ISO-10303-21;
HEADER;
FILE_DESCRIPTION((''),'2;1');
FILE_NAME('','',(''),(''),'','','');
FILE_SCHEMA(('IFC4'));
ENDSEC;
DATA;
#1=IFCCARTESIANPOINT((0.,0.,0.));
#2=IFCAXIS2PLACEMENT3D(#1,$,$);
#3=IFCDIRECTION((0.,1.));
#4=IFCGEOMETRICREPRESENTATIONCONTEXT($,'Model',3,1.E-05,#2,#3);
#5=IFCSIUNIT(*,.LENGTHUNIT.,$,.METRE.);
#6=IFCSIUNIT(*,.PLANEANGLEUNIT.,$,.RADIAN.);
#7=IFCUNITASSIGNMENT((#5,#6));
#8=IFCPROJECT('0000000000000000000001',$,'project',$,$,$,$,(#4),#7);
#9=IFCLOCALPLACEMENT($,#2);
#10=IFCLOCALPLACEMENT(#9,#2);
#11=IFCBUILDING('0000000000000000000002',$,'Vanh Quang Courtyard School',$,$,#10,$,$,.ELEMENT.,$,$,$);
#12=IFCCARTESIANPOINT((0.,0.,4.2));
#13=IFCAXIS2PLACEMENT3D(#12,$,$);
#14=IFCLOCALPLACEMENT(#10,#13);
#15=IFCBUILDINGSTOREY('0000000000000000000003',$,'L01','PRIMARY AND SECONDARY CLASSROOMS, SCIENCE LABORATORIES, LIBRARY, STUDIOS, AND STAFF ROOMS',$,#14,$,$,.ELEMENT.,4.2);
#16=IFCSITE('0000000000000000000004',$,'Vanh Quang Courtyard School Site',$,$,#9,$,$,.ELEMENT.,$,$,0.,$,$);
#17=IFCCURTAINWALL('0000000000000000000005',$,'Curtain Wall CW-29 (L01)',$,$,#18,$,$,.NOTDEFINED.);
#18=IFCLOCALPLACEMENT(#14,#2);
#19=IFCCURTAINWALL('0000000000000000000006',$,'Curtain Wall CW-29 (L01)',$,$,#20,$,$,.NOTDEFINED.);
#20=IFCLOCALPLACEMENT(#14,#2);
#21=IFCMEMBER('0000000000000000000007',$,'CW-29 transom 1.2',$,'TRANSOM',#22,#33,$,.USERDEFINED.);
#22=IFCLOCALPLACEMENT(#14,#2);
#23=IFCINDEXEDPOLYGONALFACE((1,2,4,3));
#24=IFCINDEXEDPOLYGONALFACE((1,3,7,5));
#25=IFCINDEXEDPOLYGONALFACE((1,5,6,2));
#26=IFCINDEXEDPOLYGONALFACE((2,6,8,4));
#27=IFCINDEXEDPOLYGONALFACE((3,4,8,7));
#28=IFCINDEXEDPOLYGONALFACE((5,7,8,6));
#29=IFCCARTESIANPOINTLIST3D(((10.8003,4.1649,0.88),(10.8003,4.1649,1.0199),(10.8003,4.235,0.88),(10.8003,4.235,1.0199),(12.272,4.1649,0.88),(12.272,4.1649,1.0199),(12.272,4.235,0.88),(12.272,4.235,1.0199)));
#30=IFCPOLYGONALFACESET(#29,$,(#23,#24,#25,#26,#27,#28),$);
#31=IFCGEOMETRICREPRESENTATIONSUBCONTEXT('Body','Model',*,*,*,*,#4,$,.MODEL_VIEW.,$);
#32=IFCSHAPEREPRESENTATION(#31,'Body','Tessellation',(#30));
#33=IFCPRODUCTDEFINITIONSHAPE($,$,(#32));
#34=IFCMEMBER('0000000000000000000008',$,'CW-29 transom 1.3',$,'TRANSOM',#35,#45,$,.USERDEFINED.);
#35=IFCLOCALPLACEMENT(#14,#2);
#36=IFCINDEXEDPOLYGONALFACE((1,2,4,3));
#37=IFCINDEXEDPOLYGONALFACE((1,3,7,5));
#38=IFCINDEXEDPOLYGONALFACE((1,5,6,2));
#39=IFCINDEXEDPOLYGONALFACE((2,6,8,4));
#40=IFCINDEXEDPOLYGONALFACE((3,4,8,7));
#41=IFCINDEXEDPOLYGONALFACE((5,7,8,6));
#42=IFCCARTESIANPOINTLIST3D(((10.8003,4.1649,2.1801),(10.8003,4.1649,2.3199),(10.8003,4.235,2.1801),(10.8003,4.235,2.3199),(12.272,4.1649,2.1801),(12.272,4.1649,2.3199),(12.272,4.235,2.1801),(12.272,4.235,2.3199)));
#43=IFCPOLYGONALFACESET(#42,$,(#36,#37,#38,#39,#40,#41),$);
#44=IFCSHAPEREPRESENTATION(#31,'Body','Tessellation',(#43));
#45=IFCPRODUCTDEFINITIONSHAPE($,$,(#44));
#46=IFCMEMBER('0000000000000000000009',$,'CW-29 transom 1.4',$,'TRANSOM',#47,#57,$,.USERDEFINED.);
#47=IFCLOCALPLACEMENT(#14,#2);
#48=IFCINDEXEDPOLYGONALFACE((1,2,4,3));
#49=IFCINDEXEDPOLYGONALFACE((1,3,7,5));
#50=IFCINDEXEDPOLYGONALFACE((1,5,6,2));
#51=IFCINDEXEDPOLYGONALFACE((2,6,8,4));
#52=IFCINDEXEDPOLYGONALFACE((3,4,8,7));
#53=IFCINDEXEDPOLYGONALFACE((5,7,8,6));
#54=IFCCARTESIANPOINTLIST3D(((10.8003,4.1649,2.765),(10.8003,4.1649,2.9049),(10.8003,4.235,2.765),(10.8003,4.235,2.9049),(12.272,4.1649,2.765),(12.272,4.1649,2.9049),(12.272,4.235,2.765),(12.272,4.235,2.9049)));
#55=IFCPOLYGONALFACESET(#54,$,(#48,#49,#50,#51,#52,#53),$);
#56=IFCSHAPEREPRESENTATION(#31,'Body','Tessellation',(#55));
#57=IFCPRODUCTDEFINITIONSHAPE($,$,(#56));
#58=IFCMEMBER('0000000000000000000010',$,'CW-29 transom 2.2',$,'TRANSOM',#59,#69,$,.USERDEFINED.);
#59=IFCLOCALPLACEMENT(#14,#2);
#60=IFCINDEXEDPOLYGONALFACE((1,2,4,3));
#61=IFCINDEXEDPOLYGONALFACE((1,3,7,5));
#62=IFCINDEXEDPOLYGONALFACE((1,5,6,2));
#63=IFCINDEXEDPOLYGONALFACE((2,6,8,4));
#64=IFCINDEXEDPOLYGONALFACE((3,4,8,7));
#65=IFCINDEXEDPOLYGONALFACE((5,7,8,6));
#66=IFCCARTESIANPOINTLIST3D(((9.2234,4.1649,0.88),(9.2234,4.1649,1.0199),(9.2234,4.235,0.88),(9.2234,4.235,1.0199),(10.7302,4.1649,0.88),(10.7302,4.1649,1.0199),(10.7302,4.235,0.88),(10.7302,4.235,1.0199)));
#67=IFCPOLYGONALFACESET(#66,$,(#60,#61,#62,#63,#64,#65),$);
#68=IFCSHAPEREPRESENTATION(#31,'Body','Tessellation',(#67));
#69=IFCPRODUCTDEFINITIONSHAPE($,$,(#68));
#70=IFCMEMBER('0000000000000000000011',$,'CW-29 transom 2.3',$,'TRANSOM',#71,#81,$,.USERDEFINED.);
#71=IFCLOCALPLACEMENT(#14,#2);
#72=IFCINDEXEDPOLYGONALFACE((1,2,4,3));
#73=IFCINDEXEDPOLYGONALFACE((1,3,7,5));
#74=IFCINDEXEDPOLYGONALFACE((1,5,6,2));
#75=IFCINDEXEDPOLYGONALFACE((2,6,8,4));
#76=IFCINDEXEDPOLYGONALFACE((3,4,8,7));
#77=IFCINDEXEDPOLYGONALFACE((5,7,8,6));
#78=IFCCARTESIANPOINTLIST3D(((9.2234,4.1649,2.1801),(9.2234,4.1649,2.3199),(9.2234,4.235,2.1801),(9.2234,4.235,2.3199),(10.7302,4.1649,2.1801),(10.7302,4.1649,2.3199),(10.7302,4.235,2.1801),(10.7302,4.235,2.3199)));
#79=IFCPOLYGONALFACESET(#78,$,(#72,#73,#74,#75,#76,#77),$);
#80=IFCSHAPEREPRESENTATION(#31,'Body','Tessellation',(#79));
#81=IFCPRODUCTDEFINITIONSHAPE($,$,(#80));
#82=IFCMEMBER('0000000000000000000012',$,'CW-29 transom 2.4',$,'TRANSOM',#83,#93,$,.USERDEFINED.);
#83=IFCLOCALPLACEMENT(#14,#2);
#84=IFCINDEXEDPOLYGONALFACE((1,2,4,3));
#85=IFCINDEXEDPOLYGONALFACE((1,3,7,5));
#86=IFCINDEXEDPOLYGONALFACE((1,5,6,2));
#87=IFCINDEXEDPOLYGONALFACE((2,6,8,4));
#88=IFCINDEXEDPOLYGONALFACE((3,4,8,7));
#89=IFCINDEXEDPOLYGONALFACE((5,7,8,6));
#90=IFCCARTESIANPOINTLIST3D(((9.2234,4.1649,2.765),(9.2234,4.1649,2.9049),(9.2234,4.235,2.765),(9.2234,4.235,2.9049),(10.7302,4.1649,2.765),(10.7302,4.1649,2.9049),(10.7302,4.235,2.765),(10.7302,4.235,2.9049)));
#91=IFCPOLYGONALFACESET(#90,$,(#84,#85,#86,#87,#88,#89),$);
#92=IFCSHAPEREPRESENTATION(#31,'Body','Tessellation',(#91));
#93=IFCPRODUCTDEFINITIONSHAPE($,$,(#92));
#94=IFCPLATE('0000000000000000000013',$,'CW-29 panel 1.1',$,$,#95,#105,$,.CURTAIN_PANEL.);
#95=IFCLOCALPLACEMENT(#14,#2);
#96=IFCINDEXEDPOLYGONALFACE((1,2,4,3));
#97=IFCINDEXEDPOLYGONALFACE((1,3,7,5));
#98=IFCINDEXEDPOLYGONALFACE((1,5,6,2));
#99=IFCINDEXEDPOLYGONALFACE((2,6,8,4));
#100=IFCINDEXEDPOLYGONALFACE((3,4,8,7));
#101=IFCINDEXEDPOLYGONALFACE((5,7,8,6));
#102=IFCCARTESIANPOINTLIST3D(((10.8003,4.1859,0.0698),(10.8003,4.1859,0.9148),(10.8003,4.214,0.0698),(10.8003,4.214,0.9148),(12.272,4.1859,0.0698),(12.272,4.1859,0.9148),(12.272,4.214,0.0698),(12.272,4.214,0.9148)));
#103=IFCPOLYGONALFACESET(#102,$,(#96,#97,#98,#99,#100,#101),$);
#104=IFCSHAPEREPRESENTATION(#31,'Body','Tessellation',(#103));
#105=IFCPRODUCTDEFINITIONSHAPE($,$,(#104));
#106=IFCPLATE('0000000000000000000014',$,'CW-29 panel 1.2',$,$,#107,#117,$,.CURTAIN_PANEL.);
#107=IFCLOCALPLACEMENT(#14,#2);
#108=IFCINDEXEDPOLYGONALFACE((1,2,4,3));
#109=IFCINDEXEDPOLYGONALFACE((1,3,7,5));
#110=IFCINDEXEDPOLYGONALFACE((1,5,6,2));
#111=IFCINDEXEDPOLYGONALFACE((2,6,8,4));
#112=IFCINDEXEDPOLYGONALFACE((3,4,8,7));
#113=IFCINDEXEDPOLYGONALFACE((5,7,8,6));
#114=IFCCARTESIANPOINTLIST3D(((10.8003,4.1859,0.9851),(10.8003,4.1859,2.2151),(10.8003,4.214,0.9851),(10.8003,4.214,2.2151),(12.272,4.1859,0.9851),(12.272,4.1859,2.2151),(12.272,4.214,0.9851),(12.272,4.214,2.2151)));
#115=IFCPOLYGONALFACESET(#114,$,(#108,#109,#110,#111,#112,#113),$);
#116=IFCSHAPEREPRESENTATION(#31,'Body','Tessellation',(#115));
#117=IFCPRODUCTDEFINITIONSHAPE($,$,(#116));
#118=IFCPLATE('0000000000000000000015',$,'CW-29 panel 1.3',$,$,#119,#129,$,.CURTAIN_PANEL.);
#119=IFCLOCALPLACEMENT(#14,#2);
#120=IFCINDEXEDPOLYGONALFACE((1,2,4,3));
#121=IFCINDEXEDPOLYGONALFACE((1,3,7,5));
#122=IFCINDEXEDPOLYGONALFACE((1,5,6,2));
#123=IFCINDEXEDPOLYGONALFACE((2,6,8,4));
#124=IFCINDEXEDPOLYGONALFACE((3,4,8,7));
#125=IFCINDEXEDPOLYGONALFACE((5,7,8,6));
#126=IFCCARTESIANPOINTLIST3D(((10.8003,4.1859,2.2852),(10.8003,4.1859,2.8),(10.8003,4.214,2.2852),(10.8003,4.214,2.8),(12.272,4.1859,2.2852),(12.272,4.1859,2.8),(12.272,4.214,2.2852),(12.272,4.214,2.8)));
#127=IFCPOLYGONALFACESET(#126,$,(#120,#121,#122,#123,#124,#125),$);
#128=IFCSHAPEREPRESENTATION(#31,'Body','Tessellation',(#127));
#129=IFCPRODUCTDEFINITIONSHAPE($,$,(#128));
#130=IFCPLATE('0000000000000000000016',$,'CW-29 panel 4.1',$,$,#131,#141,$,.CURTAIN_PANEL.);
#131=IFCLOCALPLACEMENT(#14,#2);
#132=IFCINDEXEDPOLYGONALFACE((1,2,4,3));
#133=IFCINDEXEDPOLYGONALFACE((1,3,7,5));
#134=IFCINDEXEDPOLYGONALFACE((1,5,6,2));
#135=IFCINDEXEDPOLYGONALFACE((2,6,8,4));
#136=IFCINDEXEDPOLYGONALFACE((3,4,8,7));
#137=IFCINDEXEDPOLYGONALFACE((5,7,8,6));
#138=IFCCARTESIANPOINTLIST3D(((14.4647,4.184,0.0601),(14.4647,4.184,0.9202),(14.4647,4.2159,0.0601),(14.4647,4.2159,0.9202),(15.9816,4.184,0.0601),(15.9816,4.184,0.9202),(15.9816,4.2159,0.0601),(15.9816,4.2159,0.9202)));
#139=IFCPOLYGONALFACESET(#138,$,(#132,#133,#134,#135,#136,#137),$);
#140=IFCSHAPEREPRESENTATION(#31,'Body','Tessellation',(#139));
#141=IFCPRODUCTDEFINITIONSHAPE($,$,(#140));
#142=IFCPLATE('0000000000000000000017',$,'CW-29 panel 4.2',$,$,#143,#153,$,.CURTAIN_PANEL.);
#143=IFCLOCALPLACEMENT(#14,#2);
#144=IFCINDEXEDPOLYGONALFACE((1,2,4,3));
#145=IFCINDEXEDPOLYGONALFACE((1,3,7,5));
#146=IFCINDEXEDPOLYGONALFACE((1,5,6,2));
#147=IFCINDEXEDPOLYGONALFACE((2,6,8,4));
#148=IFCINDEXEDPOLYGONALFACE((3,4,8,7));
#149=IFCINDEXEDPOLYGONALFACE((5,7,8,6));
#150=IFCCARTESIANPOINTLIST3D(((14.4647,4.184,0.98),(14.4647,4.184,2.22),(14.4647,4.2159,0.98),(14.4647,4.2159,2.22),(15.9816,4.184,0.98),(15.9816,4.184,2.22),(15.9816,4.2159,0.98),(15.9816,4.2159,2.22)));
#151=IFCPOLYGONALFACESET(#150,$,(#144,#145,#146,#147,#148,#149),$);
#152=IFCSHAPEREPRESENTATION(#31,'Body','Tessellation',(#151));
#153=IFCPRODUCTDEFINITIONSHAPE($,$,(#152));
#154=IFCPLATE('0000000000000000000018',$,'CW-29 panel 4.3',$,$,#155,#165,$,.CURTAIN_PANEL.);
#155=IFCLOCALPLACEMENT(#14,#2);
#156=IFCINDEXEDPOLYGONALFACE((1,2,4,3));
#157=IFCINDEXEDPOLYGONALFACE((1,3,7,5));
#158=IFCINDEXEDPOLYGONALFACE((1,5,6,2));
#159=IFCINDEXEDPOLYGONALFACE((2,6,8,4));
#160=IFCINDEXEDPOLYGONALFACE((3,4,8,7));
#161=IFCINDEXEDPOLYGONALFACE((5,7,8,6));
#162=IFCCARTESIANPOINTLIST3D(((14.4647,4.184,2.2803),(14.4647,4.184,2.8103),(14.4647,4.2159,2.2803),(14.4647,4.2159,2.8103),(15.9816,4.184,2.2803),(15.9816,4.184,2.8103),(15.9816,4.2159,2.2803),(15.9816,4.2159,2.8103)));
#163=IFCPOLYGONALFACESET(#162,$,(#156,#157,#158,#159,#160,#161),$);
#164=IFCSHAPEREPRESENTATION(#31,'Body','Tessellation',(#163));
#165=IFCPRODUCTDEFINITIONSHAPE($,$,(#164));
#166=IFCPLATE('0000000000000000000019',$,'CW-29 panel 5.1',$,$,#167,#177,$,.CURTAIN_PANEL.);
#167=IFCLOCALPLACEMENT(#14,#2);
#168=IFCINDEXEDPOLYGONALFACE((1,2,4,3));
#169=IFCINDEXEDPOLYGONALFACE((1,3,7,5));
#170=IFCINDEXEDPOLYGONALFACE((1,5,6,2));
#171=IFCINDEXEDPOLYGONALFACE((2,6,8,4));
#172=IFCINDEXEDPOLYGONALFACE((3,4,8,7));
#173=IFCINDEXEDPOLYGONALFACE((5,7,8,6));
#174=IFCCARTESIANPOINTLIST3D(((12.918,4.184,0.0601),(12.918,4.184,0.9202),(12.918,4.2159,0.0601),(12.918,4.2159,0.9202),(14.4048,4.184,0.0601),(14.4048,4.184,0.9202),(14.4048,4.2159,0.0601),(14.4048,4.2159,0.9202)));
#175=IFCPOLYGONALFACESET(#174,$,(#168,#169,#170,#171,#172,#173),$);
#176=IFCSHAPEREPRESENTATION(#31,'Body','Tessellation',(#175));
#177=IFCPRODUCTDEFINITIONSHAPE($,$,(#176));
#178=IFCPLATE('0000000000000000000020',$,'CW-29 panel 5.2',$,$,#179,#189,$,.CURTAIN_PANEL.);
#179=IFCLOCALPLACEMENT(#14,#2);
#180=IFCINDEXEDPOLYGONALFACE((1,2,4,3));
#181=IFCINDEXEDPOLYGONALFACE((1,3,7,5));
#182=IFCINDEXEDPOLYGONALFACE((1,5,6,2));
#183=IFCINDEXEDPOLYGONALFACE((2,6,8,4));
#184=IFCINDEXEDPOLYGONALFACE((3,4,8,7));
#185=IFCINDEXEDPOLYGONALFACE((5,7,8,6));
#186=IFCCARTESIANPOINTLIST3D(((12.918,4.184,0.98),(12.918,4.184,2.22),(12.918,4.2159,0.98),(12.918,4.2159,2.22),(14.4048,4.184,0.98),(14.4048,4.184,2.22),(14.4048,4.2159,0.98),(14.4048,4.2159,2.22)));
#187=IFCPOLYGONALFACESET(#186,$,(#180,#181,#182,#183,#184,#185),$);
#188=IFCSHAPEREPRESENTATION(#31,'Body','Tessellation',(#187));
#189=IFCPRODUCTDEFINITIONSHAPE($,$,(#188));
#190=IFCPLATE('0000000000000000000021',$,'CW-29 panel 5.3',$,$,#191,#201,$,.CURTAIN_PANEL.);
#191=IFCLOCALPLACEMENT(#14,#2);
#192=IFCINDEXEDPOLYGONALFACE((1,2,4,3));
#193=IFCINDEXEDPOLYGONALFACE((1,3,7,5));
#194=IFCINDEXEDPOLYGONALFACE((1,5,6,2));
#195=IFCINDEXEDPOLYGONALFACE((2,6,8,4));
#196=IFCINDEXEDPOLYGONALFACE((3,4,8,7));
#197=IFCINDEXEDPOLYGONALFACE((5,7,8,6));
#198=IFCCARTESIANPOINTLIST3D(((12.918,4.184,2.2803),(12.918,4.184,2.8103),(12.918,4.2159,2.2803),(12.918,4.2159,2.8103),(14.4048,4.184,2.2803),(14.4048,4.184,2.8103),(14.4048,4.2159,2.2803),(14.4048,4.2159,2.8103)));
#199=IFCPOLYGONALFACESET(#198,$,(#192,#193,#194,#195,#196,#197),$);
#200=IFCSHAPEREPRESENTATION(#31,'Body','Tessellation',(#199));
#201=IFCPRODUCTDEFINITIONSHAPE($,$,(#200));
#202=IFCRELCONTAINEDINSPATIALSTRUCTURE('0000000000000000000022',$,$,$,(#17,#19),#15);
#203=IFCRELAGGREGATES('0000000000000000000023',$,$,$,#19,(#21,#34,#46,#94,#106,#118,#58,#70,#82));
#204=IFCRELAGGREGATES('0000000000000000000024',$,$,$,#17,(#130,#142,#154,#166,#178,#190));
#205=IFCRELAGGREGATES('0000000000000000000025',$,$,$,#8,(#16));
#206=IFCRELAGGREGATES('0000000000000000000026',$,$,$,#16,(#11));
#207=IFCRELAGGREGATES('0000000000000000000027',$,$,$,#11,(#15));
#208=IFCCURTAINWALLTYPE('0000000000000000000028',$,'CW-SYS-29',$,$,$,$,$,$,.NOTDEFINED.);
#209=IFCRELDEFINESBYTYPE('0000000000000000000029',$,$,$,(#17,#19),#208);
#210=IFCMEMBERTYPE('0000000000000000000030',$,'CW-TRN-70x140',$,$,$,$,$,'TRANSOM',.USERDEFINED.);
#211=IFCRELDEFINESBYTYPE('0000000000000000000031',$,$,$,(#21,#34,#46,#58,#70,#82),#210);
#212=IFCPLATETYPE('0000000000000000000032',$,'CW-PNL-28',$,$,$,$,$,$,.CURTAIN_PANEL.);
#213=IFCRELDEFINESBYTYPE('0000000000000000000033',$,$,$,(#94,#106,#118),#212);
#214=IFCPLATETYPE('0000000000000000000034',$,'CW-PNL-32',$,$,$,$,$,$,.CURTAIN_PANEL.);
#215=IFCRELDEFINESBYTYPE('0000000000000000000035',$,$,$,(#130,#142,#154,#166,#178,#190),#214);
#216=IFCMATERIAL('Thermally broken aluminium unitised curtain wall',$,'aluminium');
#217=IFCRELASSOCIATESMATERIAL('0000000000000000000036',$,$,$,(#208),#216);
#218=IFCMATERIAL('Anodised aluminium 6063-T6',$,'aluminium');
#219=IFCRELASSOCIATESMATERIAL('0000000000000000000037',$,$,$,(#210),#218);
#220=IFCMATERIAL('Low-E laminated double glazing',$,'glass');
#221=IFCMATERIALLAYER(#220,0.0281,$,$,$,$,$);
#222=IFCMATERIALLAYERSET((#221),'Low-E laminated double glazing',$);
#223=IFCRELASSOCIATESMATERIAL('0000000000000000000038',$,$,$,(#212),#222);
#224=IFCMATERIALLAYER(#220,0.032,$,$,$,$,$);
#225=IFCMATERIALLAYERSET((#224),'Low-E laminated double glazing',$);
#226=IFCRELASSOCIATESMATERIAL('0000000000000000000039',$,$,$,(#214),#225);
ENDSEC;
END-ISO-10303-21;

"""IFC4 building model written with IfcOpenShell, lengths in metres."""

from ifc_helpers import new_model, si_unit, direction, frame, origin, origin_2d, place, context, subcontext, project, spatial, rectangle, extrude, material, layer, layer_set, material_profile, profile_set, type_object, element, aggregate, save


model = new_model("IFC4")

# Units and contexts
model_context = context("Model", 3, precision=1e-05, world=origin(), true_north=direction((0.0, 1.0)))
body_context = subcontext(model_context, "Body", "Model", "MODEL_VIEW")
ifc_project = project(units=[si_unit("LENGTHUNIT", "METRE"), si_unit("PLANEANGLEUNIT", "RADIAN")], contexts=[model_context])

# Site, building, storey
site_placement = place(None, origin())
site = spatial("IfcSite", under=ifc_project, at=site_placement, Name="Vanh Quang Courtyard School Site", CompositionType="ELEMENT", RefElevation=0.0)
building_placement = place(site_placement, origin())
building = spatial("IfcBuilding", under=site, at=building_placement, Name="Vanh Quang Courtyard School", CompositionType="ELEMENT")
storey_placement = place(building_placement, frame((0.0, 0.0, 4.2)))
storey = spatial("IfcBuildingStorey", under=building, at=storey_placement, Name="L01", Description="PRIMARY AND SECONDARY CLASSROOMS, SCIENCE LABORATORIES, LIBRARY, STUDIOS, AND STAFF ROOMS", CompositionType="ELEMENT", Elevation=4.2)

# Curtain walls
ifc_material_1 = material(Name="Thermally broken aluminium unitised curtain wall", Category="aluminium")
curtain_wall_type = type_object("IfcCurtainWallType", Name="CW-SYS-29", PredefinedType="NOTDEFINED", material=ifc_material_1)
curtain_wall_1_placement = place(storey_placement, origin())
curtain_wall_1 = element("IfcCurtainWall", 1, at=curtain_wall_1_placement, inside=storey, type_object=curtain_wall_type, Name="Curtain Wall CW-29 (L01)", PredefinedType="NOTDEFINED")
ifc_material_2 = material(Name="Anodised aluminium 6063-T6", Category="aluminium")
curtain_wall_2_placement = place(storey_placement, origin())
curtain_wall_2 = element("IfcCurtainWall", 2, at=curtain_wall_2_placement, inside=storey, type_object=curtain_wall_type, Name="Curtain Wall CW-29 (L01)", PredefinedType="NOTDEFINED")

# Members
ifc_material_profile_1 = material_profile(ifc_material_2, rectangle(XDim=0.0701, YDim=0.1399, at=origin_2d()), Name="ALU-TRN 70x140")
ifc_profile_set_1 = profile_set([ifc_material_profile_1], Name="Anodised aluminium 6063-T6")
member_type_1 = type_object("IfcMemberType", Name="CW-TRN-70x140", ElementType="TRANSOM", PredefinedType="USERDEFINED", material=ifc_profile_set_1)
member_1_placement = place(storey_placement, frame((12.272, 4.2, 0.95), z_axis=(-1.0, 0.0, 0.0), x_axis=(0.0, -1.0, 0.0)))
member_1 = element("IfcMember", 3, at=member_1_placement, type_object=member_type_1, Name="CW-29 transom 1.2", ObjectType="TRANSOM", PredefinedType="USERDEFINED", context=body_context, shape_type="SweptSolid", body=[
    extrude(rectangle(XDim=0.0701, YDim=0.1399, at=origin_2d()), origin(), (0.0, 0.0, 1.0), 1.4717),
])
member_2_placement = place(storey_placement, frame((12.272, 4.2, 2.25), z_axis=(-1.0, 0.0, 0.0), x_axis=(0.0, -1.0, 0.0)))
member_2 = element("IfcMember", 4, at=member_2_placement, type_object=member_type_1, Name="CW-29 transom 1.3", ObjectType="TRANSOM", PredefinedType="USERDEFINED", context=body_context, shape_type="SweptSolid", body=[
    extrude(rectangle(XDim=0.0701, YDim=0.1399, at=origin_2d()), origin(), (0.0, 0.0, 1.0), 1.4717),
])
member_3_placement = place(storey_placement, frame((12.272, 4.2, 2.835), z_axis=(-1.0, 0.0, 0.0), x_axis=(0.0, -1.0, 0.0)))
member_3 = element("IfcMember", 5, at=member_3_placement, type_object=member_type_1, Name="CW-29 transom 1.4", ObjectType="TRANSOM", PredefinedType="USERDEFINED", context=body_context, shape_type="SweptSolid", body=[
    extrude(rectangle(XDim=0.0701, YDim=0.1399, at=origin_2d()), origin(), (0.0, 0.0, 1.0), 1.4717),
])
member_4_placement = place(storey_placement, frame((10.7302, 4.2, 0.95), z_axis=(-1.0, 0.0, 0.0), x_axis=(0.0, -1.0, 0.0)))
member_4 = element("IfcMember", 6, at=member_4_placement, type_object=member_type_1, Name="CW-29 transom 2.2", ObjectType="TRANSOM", PredefinedType="USERDEFINED", context=body_context, shape_type="SweptSolid", body=[
    extrude(rectangle(XDim=0.0701, YDim=0.1399, at=origin_2d()), origin(), (0.0, 0.0, 1.0), 1.5068),
])
member_5_placement = place(storey_placement, frame((10.7302, 4.2, 2.25), z_axis=(-1.0, 0.0, 0.0), x_axis=(0.0, -1.0, 0.0)))
member_5 = element("IfcMember", 7, at=member_5_placement, type_object=member_type_1, Name="CW-29 transom 2.3", ObjectType="TRANSOM", PredefinedType="USERDEFINED", context=body_context, shape_type="SweptSolid", body=[
    extrude(rectangle(XDim=0.0701, YDim=0.1399, at=origin_2d()), origin(), (0.0, 0.0, 1.0), 1.5068),
])
member_6_placement = place(storey_placement, frame((10.7302, 4.2, 2.835), z_axis=(-1.0, 0.0, 0.0), x_axis=(0.0, -1.0, 0.0)))
member_6 = element("IfcMember", 8, at=member_6_placement, type_object=member_type_1, Name="CW-29 transom 2.4", ObjectType="TRANSOM", PredefinedType="USERDEFINED", context=body_context, shape_type="SweptSolid", body=[
    extrude(rectangle(XDim=0.0701, YDim=0.1399, at=origin_2d()), origin(), (0.0, 0.0, 1.0), 1.5068),
])

# Plates
ifc_material_3 = material(Name="Low-E laminated double glazing", Category="glass")
ifc_layer_1 = layer(ifc_material_3, 0.0281)
ifc_layer_set_1 = layer_set([ifc_layer_1], Name="Low-E laminated double glazing")
plate_type_1 = type_object("IfcPlateType", Name="CW-PNL-28", PredefinedType="CURTAIN_PANEL", material=ifc_layer_set_1)
plate_1_placement = place(storey_placement, frame((11.5361, 4.2, 0.0698), z_axis=(0.0, 0.0, 1.0), x_axis=(-1.0, 0.0, 0.0)))
plate_1 = element("IfcPlate", 9, at=plate_1_placement, type_object=plate_type_1, Name="CW-29 panel 1.1", PredefinedType="CURTAIN_PANEL", context=body_context, shape_type="SweptSolid", body=[
    extrude(rectangle(XDim=1.4717, YDim=0.0281, at=origin_2d()), origin(), (0.0, 0.0, 1.0), 0.845),
])
plate_2_placement = place(storey_placement, frame((11.5361, 4.2, 0.9851), z_axis=(0.0, 0.0, 1.0), x_axis=(-1.0, 0.0, 0.0)))
plate_2 = element("IfcPlate", 10, at=plate_2_placement, type_object=plate_type_1, Name="CW-29 panel 1.2", PredefinedType="CURTAIN_PANEL", context=body_context, shape_type="SweptSolid", body=[
    extrude(rectangle(XDim=1.4717, YDim=0.0281, at=origin_2d()), origin(), (0.0, 0.0, 1.0), 1.23),
])
plate_3_placement = place(storey_placement, frame((11.5361, 4.2, 2.2852), z_axis=(0.0, 0.0, 1.0), x_axis=(-1.0, 0.0, 0.0)))
plate_3 = element("IfcPlate", 11, at=plate_3_placement, type_object=plate_type_1, Name="CW-29 panel 1.3", PredefinedType="CURTAIN_PANEL", context=body_context, shape_type="SweptSolid", body=[
    extrude(rectangle(XDim=1.4717, YDim=0.0281, at=origin_2d()), origin(), (0.0, 0.0, 1.0), 0.5149),
])
aggregate(curtain_wall_2, [member_1, member_2, member_3, plate_1, plate_2, plate_3, member_4, member_5, member_6])
ifc_layer_2 = layer(ifc_material_3, 0.032)
ifc_layer_set_2 = layer_set([ifc_layer_2], Name="Low-E laminated double glazing")
plate_type_2 = type_object("IfcPlateType", Name="CW-PNL-32", PredefinedType="CURTAIN_PANEL", material=ifc_layer_set_2)
plate_4_placement = place(storey_placement, frame((15.2231, 4.2, 0.0601), z_axis=(0.0, 0.0, 1.0), x_axis=(-1.0, 0.0, 0.0)))
plate_4 = element("IfcPlate", 12, at=plate_4_placement, type_object=plate_type_2, Name="CW-29 panel 4.1", PredefinedType="CURTAIN_PANEL", context=body_context, shape_type="SweptSolid", body=[
    extrude(rectangle(XDim=1.5168, YDim=0.032, at=origin_2d()), origin(), (0.0, 0.0, 1.0), 0.8601),
])
plate_5_placement = place(storey_placement, frame((15.2231, 4.2, 0.98), z_axis=(0.0, 0.0, 1.0), x_axis=(-1.0, 0.0, 0.0)))
plate_5 = element("IfcPlate", 13, at=plate_5_placement, type_object=plate_type_2, Name="CW-29 panel 4.2", PredefinedType="CURTAIN_PANEL", context=body_context, shape_type="SweptSolid", body=[
    extrude(rectangle(XDim=1.5168, YDim=0.032, at=origin_2d()), origin(), (0.0, 0.0, 1.0), 1.24),
])
plate_6_placement = place(storey_placement, frame((15.2231, 4.2, 2.2803), z_axis=(0.0, 0.0, 1.0), x_axis=(-1.0, 0.0, 0.0)))
plate_6 = element("IfcPlate", 14, at=plate_6_placement, type_object=plate_type_2, Name="CW-29 panel 4.3", PredefinedType="CURTAIN_PANEL", context=body_context, shape_type="SweptSolid", body=[
    extrude(rectangle(XDim=1.5168, YDim=0.032, at=origin_2d()), origin(), (0.0, 0.0, 1.0), 0.53),
])
plate_7_placement = place(storey_placement, frame((13.6614, 4.2, 0.0601), z_axis=(0.0, 0.0, 1.0), x_axis=(-1.0, 0.0, 0.0)))
plate_7 = element("IfcPlate", 15, at=plate_7_placement, type_object=plate_type_2, Name="CW-29 panel 5.1", PredefinedType="CURTAIN_PANEL", context=body_context, shape_type="SweptSolid", body=[
    extrude(rectangle(XDim=1.4868, YDim=0.032, at=origin_2d()), origin(), (0.0, 0.0, 1.0), 0.8601),
])
plate_8_placement = place(storey_placement, frame((13.6614, 4.2, 0.98), z_axis=(0.0, 0.0, 1.0), x_axis=(-1.0, 0.0, 0.0)))
plate_8 = element("IfcPlate", 16, at=plate_8_placement, type_object=plate_type_2, Name="CW-29 panel 5.2", PredefinedType="CURTAIN_PANEL", context=body_context, shape_type="SweptSolid", body=[
    extrude(rectangle(XDim=1.4868, YDim=0.032, at=origin_2d()), origin(), (0.0, 0.0, 1.0), 1.24),
])
plate_9_placement = place(storey_placement, frame((13.6614, 4.2, 2.2803), z_axis=(0.0, 0.0, 1.0), x_axis=(-1.0, 0.0, 0.0)))
plate_9 = element("IfcPlate", 17, at=plate_9_placement, type_object=plate_type_2, Name="CW-29 panel 5.3", PredefinedType="CURTAIN_PANEL", context=body_context, shape_type="SweptSolid", body=[
    extrude(rectangle(XDim=1.4868, YDim=0.032, at=origin_2d()), origin(), (0.0, 0.0, 1.0), 0.53),
])
aggregate(curtain_wall_1, [plate_4, plate_5, plate_6, plate_7, plate_8, plate_9])

save(model, "model.ifc")
